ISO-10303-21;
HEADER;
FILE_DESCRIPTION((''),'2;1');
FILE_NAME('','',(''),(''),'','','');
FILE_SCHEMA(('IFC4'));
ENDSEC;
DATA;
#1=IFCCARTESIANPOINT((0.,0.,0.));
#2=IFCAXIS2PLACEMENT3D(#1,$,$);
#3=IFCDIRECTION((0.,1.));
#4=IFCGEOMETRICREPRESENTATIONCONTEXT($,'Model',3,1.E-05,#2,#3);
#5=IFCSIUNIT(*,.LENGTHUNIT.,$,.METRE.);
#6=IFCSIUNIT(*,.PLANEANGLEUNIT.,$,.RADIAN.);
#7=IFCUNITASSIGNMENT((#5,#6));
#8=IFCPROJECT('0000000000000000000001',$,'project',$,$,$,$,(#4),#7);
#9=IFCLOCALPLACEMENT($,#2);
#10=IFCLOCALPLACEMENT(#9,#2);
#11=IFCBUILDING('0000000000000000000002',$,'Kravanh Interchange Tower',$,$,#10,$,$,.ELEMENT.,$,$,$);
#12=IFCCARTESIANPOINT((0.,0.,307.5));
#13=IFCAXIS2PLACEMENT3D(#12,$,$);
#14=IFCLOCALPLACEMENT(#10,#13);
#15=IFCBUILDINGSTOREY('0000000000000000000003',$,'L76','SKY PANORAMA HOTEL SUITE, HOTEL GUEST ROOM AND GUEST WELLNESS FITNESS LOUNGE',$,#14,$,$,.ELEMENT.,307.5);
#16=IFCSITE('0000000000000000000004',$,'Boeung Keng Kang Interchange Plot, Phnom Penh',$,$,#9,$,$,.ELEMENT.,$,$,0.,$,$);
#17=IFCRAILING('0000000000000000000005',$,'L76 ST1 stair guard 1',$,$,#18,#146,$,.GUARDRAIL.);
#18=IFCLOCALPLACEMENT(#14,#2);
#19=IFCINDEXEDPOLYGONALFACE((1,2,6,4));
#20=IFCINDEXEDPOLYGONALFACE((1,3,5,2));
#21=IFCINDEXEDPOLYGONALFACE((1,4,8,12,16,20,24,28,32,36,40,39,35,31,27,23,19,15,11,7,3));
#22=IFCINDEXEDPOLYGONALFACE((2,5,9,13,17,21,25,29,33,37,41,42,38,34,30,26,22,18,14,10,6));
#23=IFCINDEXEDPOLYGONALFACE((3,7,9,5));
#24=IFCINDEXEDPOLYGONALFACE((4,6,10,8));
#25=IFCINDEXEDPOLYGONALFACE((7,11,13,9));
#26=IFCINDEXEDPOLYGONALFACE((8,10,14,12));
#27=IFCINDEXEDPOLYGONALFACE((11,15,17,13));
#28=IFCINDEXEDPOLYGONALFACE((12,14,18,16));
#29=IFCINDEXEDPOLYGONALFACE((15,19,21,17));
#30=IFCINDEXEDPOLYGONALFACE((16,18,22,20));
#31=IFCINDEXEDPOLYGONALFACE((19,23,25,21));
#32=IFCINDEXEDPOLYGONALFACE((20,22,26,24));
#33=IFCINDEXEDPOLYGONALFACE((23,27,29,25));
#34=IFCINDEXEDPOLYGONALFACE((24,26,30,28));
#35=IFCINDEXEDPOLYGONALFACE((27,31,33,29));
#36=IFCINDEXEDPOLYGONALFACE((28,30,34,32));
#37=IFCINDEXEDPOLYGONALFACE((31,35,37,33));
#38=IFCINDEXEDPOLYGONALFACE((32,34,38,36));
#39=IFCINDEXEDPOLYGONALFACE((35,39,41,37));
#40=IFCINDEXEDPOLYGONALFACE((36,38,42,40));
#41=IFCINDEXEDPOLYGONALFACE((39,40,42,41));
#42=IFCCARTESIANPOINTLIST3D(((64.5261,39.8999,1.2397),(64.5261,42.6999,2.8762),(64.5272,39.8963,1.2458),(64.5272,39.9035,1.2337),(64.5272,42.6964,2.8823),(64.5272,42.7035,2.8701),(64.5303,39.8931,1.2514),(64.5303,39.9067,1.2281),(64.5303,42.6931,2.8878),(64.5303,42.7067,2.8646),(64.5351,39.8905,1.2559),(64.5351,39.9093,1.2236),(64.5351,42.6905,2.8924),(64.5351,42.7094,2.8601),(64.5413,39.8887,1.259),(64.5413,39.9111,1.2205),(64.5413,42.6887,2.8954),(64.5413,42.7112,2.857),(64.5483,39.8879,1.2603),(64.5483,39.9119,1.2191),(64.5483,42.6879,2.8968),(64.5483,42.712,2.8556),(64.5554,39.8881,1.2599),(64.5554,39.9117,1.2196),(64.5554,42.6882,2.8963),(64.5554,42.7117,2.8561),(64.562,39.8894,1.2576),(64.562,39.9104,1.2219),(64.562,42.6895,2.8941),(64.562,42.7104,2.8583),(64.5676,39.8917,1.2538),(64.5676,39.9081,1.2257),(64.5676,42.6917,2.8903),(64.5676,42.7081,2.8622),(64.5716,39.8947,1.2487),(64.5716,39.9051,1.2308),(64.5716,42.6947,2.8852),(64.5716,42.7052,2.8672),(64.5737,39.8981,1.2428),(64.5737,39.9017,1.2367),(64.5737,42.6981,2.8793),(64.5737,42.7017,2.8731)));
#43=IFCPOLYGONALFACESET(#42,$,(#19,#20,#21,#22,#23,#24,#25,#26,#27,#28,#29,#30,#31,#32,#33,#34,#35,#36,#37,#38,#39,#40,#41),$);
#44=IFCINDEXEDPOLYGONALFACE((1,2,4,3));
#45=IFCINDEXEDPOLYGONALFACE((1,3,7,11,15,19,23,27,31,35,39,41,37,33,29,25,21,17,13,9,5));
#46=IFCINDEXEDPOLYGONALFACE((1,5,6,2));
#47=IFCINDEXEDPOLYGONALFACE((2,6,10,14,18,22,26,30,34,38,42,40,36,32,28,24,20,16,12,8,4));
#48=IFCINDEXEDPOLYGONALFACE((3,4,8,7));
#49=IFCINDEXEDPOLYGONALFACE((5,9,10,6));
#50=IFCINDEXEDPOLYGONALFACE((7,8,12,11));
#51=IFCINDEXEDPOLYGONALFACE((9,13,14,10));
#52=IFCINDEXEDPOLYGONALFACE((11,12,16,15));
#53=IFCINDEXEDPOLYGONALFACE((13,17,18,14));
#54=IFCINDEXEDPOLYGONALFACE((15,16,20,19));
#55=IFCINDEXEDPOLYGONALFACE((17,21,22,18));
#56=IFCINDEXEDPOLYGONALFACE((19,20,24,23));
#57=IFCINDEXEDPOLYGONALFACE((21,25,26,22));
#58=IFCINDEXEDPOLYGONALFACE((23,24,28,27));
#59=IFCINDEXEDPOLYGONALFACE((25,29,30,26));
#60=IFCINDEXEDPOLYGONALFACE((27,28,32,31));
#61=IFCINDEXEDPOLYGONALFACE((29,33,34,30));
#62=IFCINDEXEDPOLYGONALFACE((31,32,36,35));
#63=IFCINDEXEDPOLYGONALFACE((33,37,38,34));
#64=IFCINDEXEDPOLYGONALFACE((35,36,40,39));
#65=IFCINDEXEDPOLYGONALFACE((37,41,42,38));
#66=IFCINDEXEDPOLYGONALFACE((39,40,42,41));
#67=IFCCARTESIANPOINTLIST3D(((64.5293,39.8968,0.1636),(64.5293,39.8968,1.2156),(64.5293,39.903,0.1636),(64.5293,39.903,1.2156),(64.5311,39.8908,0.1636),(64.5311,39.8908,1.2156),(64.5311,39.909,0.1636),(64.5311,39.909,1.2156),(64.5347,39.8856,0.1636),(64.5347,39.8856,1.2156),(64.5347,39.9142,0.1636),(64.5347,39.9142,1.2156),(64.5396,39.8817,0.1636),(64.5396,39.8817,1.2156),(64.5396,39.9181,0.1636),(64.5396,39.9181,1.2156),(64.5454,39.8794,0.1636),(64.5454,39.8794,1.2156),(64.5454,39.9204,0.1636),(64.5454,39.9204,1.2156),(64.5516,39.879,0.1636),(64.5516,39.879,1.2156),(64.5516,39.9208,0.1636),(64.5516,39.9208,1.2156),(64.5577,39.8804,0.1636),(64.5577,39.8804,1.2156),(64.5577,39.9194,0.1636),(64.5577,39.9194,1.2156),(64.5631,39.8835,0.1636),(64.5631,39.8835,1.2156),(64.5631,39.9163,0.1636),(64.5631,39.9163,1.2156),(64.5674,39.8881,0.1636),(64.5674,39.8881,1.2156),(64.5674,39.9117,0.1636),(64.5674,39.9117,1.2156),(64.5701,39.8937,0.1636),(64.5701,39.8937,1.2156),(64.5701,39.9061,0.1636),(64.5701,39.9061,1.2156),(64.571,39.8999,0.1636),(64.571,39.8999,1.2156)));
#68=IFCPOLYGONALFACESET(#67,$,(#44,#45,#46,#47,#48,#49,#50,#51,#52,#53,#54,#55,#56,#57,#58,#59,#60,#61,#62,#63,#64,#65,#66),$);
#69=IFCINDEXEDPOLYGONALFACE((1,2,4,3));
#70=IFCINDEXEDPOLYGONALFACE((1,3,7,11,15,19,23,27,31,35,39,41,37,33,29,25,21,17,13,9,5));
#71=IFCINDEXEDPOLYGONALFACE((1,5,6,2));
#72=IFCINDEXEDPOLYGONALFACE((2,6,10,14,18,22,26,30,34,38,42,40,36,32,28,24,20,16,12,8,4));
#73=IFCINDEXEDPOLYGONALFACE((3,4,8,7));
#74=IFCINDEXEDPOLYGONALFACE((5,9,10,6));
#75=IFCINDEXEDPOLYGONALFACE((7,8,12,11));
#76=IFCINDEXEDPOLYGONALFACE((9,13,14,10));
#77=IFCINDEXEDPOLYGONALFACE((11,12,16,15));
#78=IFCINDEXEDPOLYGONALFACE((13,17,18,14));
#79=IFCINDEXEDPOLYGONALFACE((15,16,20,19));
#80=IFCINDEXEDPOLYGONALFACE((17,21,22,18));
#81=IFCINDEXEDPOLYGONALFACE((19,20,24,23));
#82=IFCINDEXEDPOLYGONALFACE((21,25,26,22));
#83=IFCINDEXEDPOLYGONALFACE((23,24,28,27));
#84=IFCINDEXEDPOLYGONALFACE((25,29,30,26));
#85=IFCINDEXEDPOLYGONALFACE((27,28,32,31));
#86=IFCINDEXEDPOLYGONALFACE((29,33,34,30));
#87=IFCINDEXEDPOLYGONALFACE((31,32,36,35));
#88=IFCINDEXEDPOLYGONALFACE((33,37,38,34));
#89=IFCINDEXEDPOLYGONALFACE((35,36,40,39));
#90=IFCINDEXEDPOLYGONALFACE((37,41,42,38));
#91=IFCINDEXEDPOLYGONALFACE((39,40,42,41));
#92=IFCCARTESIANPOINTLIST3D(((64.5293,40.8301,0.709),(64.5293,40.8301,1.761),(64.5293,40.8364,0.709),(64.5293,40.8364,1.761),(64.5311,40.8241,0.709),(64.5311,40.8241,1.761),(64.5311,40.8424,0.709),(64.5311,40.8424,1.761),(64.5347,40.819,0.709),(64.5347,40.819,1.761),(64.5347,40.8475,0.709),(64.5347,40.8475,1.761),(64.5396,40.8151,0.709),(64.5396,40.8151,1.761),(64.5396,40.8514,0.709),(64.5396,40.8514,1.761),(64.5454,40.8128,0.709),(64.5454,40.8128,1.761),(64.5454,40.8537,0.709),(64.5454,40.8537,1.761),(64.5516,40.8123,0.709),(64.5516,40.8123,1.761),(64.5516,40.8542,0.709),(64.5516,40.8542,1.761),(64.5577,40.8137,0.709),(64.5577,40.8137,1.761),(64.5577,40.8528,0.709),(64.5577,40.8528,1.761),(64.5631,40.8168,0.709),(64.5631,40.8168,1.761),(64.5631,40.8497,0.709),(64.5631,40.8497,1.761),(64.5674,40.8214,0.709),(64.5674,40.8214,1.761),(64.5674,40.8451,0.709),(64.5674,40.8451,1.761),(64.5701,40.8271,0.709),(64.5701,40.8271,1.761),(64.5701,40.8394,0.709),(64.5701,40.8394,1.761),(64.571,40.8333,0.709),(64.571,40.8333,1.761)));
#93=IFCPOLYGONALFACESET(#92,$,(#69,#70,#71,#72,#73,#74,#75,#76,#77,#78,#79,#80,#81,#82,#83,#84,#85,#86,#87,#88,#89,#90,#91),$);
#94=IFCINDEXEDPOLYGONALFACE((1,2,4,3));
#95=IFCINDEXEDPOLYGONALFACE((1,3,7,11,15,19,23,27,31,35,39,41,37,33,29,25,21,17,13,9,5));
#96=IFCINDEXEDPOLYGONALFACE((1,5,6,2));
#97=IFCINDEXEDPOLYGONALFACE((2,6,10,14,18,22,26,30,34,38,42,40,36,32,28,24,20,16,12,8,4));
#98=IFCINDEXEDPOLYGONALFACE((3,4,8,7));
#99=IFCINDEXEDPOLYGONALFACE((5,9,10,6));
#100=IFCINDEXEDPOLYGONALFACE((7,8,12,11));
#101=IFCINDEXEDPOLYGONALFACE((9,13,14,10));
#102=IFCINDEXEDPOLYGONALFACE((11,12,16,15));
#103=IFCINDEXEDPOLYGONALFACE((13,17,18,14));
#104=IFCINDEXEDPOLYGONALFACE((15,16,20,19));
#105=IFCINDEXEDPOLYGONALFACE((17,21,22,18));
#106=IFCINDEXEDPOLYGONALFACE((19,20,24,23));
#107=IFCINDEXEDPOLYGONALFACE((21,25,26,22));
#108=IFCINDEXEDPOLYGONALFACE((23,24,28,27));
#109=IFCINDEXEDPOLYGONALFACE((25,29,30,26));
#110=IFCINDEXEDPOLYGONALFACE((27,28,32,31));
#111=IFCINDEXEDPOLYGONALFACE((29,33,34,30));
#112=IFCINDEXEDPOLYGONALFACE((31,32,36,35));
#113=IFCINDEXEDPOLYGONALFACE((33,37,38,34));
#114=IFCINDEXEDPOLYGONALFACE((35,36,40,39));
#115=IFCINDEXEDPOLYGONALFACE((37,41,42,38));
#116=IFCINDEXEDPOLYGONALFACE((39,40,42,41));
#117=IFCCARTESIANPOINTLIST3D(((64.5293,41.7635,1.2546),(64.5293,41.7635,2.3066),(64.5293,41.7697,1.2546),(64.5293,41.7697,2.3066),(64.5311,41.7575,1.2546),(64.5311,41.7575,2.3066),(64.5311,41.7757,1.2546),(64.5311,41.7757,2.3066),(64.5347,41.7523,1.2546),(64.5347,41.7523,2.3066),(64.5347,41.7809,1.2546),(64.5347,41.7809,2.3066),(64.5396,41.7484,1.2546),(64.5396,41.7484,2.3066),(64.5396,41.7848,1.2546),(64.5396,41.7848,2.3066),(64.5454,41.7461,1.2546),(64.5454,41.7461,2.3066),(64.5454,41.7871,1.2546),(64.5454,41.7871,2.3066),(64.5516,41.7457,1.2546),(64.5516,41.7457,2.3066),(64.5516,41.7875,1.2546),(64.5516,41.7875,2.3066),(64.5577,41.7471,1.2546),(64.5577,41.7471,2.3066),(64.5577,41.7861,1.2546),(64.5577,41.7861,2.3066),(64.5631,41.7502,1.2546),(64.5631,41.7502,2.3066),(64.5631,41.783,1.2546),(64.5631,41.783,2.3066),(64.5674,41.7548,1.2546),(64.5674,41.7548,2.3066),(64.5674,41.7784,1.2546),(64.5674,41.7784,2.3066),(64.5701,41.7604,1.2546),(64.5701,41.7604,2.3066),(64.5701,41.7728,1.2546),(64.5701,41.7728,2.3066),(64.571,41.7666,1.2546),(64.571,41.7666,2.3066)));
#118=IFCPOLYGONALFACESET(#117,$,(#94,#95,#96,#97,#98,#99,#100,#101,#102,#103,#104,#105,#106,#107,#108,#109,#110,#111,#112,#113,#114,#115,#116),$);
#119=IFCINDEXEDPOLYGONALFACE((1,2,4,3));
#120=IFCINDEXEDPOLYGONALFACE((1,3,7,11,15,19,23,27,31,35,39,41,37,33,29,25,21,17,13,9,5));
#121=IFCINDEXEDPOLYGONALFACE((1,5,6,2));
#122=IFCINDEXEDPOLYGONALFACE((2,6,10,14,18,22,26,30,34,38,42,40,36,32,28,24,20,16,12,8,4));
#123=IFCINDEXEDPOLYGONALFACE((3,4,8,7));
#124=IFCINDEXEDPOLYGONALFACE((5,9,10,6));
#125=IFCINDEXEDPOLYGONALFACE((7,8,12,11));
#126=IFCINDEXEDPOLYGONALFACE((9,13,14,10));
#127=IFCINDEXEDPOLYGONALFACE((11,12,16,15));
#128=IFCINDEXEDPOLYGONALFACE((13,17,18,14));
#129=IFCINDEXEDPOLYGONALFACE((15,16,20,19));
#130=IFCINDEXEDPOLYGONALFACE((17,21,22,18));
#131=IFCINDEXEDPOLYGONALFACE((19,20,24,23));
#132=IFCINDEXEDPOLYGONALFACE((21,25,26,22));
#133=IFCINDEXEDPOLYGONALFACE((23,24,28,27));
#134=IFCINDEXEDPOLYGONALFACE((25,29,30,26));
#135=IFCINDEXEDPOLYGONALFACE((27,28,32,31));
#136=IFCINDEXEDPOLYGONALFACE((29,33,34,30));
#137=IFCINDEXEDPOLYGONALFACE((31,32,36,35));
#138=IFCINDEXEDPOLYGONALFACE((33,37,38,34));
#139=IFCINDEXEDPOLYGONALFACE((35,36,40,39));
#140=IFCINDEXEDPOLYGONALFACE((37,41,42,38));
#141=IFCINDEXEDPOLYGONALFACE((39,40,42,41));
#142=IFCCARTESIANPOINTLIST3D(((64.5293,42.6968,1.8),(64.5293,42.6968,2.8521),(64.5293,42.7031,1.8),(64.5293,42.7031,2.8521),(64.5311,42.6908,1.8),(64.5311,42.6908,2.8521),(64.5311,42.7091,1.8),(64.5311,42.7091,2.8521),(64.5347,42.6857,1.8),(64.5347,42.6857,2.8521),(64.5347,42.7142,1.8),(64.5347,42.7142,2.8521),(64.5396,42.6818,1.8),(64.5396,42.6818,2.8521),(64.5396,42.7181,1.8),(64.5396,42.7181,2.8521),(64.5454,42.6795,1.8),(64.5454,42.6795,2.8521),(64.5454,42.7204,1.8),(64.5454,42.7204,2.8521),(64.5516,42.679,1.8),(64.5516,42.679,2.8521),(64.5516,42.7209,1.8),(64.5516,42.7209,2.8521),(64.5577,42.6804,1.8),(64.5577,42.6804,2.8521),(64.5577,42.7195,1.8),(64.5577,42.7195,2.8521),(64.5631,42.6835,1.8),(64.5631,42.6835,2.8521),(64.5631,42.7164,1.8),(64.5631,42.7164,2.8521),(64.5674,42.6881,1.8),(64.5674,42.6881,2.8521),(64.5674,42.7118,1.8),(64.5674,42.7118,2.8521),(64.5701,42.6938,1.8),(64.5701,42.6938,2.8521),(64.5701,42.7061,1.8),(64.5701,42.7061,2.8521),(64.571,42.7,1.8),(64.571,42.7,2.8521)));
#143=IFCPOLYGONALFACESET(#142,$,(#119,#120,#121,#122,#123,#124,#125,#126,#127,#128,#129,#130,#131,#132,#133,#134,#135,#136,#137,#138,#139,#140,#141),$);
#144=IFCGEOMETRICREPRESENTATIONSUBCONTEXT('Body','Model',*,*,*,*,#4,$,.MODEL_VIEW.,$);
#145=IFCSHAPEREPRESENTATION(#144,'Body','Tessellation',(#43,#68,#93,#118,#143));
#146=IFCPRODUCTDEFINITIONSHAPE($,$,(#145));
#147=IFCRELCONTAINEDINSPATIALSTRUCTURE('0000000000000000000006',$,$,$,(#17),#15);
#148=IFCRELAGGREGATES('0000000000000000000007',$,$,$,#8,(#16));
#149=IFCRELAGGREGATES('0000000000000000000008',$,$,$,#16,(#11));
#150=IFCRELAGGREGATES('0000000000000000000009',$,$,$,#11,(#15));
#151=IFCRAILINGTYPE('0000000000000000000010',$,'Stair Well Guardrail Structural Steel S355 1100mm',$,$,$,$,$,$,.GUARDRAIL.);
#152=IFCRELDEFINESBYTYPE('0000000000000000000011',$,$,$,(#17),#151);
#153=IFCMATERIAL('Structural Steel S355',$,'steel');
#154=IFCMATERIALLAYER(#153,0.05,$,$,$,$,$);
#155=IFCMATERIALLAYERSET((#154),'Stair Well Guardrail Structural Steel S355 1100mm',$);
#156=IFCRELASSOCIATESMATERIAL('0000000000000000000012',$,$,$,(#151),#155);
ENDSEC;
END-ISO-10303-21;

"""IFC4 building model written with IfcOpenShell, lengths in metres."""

from ifc_helpers import new_model, si_unit, direction, frame, origin, origin_2d, place, context, subcontext, project, spatial, circle, extrude, material, layer, layer_set, type_object, element, save


model = new_model("IFC4")

# Units and contexts
model_context = context("Model", 3, precision=1e-05, world=origin(), true_north=direction((0.0, 1.0)))
body_context = subcontext(model_context, "Body", "Model", "MODEL_VIEW")
ifc_project = project(units=[si_unit("LENGTHUNIT", "METRE"), si_unit("PLANEANGLEUNIT", "RADIAN")], contexts=[model_context])

# Site, building, storey
site_placement = place(None, origin())
site = spatial("IfcSite", under=ifc_project, at=site_placement, Name="Boeung Keng Kang Interchange Plot, Phnom Penh", CompositionType="ELEMENT", RefElevation=0.0)
building_placement = place(site_placement, origin())
building = spatial("IfcBuilding", under=site, at=building_placement, Name="Kravanh Interchange Tower", CompositionType="ELEMENT")
storey_placement = place(building_placement, frame((0.0, 0.0, 307.5)))
storey = spatial("IfcBuildingStorey", under=building, at=storey_placement, Name="L76", Description="SKY PANORAMA HOTEL SUITE, HOTEL GUEST ROOM AND GUEST WELLNESS FITNESS LOUNGE", CompositionType="ELEMENT", Elevation=307.5)

# Railing
ifc_material_1 = material(Name="Structural Steel S355", Category="steel")
ifc_layer_1 = layer(ifc_material_1, 0.05)
ifc_layer_set_1 = layer_set([ifc_layer_1], Name="Stair Well Guardrail Structural Steel S355 1100mm")
railing_type_1 = type_object("IfcRailingType", Name="Stair Well Guardrail Structural Steel S355 1100mm", PredefinedType="GUARDRAIL", material=ifc_layer_set_1)
railing_1_placement = place(storey_placement, frame((64.55, 39.8999, 0.1636)))
element("IfcRailing", 1, at=railing_1_placement, inside=storey, type_object=railing_type_1, Name="L76 ST1 stair guard 1", PredefinedType="GUARDRAIL", context=body_context, shape_type="SweptSolid", body=[
    extrude(circle(Radius=0.0239, at=origin_2d()), frame((0.0, 0.0, 1.0762), z_axis=(0.0, 0.863361, 0.504587), x_axis=(-1.0, 0.0, 0.0)), (0.0, 0.0, 1.0), 3.2432),
    extrude(circle(Radius=0.021, at=origin_2d()), origin(), (0.0, 0.0, 1.0), 1.052),
    extrude(circle(Radius=0.021, at=origin_2d()), frame((0.0, 0.9333, 0.5454)), (0.0, 0.0, 1.0), 1.052),
    extrude(circle(Radius=0.021, at=origin_2d()), frame((0.0, 1.8667, 1.0911)), (0.0, 0.0, 1.0), 1.052),
    extrude(circle(Radius=0.021, at=origin_2d()), frame((0.0, 2.8, 1.6365)), (0.0, 0.0, 1.0), 1.052),
])

save(model, "model.ifc")
